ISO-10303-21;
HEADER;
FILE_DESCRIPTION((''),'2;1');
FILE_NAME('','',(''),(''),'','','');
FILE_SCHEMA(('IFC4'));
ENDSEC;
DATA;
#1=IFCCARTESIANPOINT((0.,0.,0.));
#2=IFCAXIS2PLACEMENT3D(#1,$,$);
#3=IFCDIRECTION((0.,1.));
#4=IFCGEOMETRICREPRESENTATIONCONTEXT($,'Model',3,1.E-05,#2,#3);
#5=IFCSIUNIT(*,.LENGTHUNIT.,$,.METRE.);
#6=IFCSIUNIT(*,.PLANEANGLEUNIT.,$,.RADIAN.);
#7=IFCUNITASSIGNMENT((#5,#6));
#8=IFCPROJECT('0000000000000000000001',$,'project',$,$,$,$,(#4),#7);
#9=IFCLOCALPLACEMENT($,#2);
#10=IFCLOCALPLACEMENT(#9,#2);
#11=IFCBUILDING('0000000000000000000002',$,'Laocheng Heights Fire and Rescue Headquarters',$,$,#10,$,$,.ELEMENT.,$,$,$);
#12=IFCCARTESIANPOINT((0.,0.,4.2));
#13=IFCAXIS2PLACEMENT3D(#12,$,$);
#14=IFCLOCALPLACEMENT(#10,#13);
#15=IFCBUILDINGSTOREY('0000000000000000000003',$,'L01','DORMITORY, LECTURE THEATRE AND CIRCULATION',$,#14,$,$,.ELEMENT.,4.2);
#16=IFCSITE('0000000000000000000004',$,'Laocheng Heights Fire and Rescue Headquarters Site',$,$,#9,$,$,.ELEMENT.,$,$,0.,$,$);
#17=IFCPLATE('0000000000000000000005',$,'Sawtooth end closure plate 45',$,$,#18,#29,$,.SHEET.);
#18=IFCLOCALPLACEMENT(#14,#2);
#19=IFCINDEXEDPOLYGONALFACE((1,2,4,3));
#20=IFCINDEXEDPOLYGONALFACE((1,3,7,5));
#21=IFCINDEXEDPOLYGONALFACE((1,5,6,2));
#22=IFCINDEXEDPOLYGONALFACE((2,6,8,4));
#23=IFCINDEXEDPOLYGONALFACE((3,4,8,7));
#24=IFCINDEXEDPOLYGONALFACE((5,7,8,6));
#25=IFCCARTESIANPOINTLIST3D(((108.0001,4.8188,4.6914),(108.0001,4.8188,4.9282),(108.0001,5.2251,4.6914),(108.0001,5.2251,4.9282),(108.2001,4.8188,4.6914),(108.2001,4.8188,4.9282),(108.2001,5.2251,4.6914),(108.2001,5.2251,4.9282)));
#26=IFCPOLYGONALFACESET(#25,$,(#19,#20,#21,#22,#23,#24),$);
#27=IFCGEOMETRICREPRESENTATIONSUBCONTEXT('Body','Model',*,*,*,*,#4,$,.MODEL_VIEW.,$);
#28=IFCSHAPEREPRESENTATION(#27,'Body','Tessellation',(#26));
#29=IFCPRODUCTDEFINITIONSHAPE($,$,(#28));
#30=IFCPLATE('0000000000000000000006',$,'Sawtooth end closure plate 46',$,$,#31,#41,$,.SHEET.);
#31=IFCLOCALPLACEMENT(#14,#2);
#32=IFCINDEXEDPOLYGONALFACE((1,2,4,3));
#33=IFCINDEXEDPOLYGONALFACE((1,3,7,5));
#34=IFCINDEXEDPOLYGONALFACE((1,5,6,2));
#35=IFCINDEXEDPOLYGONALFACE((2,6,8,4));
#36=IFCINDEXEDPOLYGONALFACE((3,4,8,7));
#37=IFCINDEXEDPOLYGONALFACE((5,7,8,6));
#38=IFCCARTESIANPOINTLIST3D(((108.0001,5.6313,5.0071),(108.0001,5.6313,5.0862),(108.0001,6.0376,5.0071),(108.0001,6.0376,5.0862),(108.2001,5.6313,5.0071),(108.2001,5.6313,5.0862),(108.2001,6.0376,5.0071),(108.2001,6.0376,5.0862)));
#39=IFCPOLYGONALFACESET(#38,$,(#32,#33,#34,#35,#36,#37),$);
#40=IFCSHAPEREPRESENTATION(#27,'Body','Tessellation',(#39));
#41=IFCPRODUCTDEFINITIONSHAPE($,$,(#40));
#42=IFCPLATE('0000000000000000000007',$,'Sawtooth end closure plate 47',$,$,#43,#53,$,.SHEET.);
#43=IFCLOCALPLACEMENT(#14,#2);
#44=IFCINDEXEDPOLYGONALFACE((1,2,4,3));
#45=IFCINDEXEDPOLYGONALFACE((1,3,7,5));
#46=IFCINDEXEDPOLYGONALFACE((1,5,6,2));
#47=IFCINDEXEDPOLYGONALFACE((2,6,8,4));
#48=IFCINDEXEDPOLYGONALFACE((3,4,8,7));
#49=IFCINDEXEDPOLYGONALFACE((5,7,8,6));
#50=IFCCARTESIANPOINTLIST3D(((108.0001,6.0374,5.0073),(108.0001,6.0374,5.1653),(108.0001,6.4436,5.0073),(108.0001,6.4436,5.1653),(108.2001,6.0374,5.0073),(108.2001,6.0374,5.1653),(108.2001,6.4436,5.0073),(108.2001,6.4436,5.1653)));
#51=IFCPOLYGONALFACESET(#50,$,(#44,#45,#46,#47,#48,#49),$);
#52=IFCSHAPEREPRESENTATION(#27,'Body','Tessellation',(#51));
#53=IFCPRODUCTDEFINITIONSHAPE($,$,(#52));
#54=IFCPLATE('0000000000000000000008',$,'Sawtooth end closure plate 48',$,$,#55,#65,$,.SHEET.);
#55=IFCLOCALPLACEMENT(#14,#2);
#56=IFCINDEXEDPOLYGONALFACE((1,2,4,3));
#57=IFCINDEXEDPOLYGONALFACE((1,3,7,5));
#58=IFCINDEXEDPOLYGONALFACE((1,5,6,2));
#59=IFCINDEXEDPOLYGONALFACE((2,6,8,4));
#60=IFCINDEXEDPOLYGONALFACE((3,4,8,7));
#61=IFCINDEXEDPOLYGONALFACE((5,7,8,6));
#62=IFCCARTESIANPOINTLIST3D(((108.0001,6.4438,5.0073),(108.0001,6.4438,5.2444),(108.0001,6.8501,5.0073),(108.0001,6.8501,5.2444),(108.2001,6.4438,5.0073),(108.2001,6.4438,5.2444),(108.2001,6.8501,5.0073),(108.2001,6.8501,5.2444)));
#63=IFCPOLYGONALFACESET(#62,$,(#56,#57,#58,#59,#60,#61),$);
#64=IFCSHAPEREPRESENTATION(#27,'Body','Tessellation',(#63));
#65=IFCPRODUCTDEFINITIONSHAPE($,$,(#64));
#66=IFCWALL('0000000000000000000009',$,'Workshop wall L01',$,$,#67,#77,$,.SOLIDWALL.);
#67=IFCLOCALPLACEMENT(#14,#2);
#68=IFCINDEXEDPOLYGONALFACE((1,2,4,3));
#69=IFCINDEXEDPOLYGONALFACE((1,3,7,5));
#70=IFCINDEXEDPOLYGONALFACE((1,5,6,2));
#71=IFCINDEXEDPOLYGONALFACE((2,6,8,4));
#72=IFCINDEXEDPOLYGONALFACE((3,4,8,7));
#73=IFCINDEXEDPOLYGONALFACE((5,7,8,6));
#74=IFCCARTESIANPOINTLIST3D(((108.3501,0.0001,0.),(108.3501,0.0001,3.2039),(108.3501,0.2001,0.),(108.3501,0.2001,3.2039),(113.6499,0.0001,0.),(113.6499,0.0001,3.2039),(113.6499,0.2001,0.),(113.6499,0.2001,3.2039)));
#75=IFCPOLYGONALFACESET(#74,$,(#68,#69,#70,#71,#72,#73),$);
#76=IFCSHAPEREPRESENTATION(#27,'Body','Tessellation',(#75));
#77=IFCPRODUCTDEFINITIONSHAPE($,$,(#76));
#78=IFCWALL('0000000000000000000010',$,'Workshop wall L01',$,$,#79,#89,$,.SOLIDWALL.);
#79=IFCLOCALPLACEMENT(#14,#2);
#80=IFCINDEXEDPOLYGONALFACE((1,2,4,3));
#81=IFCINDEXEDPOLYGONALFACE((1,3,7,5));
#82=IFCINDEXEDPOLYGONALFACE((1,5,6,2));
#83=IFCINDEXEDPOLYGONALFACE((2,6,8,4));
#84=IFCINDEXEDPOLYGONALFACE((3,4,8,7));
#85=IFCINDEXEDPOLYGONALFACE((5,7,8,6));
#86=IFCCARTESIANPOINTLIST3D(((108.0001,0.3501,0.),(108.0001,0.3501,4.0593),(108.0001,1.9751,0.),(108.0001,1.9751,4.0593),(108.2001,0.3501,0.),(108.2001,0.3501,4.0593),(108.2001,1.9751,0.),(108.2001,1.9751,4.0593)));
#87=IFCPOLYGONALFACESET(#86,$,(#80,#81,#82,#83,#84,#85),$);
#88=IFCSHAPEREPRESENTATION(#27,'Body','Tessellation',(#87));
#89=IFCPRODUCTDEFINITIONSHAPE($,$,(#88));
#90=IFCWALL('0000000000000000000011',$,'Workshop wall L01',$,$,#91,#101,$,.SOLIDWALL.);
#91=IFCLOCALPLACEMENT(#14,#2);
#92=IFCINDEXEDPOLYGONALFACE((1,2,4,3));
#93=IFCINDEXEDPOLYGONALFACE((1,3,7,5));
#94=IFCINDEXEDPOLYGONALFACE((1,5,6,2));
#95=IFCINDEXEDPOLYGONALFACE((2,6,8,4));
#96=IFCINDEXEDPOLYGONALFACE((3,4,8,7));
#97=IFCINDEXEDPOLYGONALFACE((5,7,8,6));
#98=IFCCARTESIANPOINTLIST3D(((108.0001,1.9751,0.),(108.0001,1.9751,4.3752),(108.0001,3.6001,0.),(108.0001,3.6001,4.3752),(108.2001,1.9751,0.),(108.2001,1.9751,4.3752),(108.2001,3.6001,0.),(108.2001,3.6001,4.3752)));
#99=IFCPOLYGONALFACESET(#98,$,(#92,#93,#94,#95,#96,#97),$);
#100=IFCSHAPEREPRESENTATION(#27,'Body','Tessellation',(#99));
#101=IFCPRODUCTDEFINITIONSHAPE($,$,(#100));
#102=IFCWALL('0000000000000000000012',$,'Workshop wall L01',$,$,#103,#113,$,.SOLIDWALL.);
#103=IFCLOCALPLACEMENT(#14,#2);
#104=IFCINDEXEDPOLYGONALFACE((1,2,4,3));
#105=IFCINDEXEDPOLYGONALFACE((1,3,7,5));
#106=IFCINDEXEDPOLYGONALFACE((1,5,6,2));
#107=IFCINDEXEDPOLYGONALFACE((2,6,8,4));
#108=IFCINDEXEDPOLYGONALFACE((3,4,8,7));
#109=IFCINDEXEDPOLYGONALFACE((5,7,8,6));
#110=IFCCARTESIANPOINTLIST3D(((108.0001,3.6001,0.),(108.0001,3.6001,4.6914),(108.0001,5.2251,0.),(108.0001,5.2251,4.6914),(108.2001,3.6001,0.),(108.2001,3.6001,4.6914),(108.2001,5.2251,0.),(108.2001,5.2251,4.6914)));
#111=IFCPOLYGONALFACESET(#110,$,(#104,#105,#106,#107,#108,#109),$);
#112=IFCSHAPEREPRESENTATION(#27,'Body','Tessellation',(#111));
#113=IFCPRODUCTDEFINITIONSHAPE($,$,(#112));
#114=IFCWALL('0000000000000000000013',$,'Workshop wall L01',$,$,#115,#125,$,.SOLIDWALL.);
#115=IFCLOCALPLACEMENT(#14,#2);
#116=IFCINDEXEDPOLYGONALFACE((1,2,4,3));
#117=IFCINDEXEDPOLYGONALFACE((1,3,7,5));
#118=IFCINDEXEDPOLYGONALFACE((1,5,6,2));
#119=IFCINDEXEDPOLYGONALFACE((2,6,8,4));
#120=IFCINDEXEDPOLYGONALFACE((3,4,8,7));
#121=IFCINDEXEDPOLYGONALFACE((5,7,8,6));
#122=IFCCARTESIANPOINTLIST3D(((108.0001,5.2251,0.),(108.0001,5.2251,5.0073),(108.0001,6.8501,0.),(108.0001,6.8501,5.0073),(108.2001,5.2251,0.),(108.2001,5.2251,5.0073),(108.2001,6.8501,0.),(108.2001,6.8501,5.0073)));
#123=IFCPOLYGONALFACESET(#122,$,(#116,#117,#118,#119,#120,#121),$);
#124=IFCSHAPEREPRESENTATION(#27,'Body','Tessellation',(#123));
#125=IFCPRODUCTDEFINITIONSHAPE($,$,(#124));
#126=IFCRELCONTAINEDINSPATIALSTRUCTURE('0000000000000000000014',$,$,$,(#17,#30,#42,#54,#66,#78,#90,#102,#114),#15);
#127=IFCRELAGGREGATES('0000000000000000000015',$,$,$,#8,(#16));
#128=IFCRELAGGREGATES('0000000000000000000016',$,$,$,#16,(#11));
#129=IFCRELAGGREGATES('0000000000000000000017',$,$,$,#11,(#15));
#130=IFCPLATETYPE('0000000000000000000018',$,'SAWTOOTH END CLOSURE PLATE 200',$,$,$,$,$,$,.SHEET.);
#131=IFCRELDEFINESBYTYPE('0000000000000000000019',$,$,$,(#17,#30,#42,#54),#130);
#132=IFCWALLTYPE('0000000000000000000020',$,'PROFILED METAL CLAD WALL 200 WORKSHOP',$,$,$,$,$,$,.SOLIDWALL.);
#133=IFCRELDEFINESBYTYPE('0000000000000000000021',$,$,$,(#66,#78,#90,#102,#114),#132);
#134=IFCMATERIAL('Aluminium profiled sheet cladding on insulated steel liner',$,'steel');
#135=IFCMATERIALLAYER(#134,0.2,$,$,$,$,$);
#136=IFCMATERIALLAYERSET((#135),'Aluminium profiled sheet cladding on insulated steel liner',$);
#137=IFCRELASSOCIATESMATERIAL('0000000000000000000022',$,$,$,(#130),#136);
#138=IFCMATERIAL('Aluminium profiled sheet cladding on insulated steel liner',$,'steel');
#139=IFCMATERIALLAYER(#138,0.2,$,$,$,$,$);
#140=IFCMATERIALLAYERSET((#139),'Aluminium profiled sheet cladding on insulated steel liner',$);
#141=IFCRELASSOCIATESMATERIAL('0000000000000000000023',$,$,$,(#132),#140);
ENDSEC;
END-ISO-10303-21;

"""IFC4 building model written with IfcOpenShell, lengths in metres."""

from ifc_helpers import new_model, si_unit, direction, frame, frame_2d, origin, origin_2d, place, context, subcontext, project, spatial, rectangle, extrude, material, layer, layer_set, type_object, element, save


model = new_model("IFC4")

# Units and contexts
model_context = context("Model", 3, precision=1e-05, world=origin(), true_north=direction((0.0, 1.0)))
body_context = subcontext(model_context, "Body", "Model", "MODEL_VIEW")
ifc_project = project(units=[si_unit("LENGTHUNIT", "METRE"), si_unit("PLANEANGLEUNIT", "RADIAN")], contexts=[model_context])

# Site, building, storey
site_placement = place(None, origin())
site = spatial("IfcSite", under=ifc_project, at=site_placement, Name="Laocheng Heights Fire and Rescue Headquarters Site", CompositionType="ELEMENT", RefElevation=0.0)
building_placement = place(site_placement, origin())
building = spatial("IfcBuilding", under=site, at=building_placement, Name="Laocheng Heights Fire and Rescue Headquarters", CompositionType="ELEMENT")
storey_placement = place(building_placement, frame((0.0, 0.0, 4.2)))
storey = spatial("IfcBuildingStorey", under=building, at=storey_placement, Name="L01", Description="DORMITORY, LECTURE THEATRE AND CIRCULATION", CompositionType="ELEMENT", Elevation=4.2)

# Plates
ifc_material_1 = material(Name="Aluminium profiled sheet cladding on insulated steel liner", Category="steel")
ifc_layer_1 = layer(ifc_material_1, 0.2)
ifc_layer_set_1 = layer_set([ifc_layer_1], Name="Aluminium profiled sheet cladding on insulated steel liner")
plate_type = type_object("IfcPlateType", Name="SAWTOOTH END CLOSURE PLATE 200", PredefinedType="SHEET", material=ifc_layer_set_1)
plate_1_placement = place(storey_placement, frame((108.1001, 5.022, 4.6914), z_axis=(0.0, 0.0, 1.0), x_axis=(1.0, 0.0, 0.0)))
element("IfcPlate", 1, at=plate_1_placement, inside=storey, type_object=plate_type, Name="Sawtooth end closure plate 45", PredefinedType="SHEET", context=body_context, shape_type="SweptSolid", body=[
    extrude(rectangle(XDim=0.2, YDim=0.4062, at=origin_2d()), origin(), (0.0, 0.0, 1.0), 0.2368),
])
plate_2_placement = place(storey_placement, frame((108.1001, 5.8345, 5.0071), z_axis=(0.0, 0.0, 1.0), x_axis=(1.0, 0.0, 0.0)))
element("IfcPlate", 2, at=plate_2_placement, inside=storey, type_object=plate_type, Name="Sawtooth end closure plate 46", PredefinedType="SHEET", context=body_context, shape_type="SweptSolid", body=[
    extrude(rectangle(XDim=0.2, YDim=0.4062, at=origin_2d()), origin(), (0.0, 0.0, 1.0), 0.0791),
])
plate_3_placement = place(storey_placement, frame((108.1001, 6.2405, 5.0073), z_axis=(0.0, 0.0, 1.0), x_axis=(1.0, 0.0, 0.0)))
element("IfcPlate", 3, at=plate_3_placement, inside=storey, type_object=plate_type, Name="Sawtooth end closure plate 47", PredefinedType="SHEET", context=body_context, shape_type="SweptSolid", body=[
    extrude(rectangle(XDim=0.2, YDim=0.4062, at=origin_2d()), origin(), (0.0, 0.0, 1.0), 0.158),
])
plate_4_placement = place(storey_placement, frame((108.1001, 6.647, 5.0073), z_axis=(0.0, 0.0, 1.0), x_axis=(1.0, 0.0, 0.0)))
element("IfcPlate", 4, at=plate_4_placement, inside=storey, type_object=plate_type, Name="Sawtooth end closure plate 48", PredefinedType="SHEET", context=body_context, shape_type="SweptSolid", body=[
    extrude(rectangle(XDim=0.2, YDim=0.4062, at=origin_2d()), origin(), (0.0, 0.0, 1.0), 0.2371),
])

# Walls
ifc_material_2 = material(Name="Aluminium profiled sheet cladding on insulated steel liner", Category="steel")
ifc_layer_2 = layer(ifc_material_2, 0.2)
ifc_layer_set_2 = layer_set([ifc_layer_2], Name="Aluminium profiled sheet cladding on insulated steel liner")
wall_type = type_object("IfcWallType", Name="PROFILED METAL CLAD WALL 200 WORKSHOP", PredefinedType="SOLIDWALL", material=ifc_layer_set_2)
wall_1_placement = place(storey_placement, frame((108.3501, 0.1001, 0.0), z_axis=(0.0, 0.0, 1.0), x_axis=(1.0, 0.0, 0.0)))
element("IfcWall", 5, at=wall_1_placement, inside=storey, type_object=wall_type, Name="Workshop wall L01", PredefinedType="SOLIDWALL", context=body_context, shape_type="SweptSolid", body=[
    extrude(rectangle(XDim=5.2998, YDim=0.2, at=frame_2d((2.6499, 0.0))), origin(), (0.0, 0.0, 1.0), 3.2039),
])
wall_2_placement = place(storey_placement, frame((108.1001, 0.3501, 0.0), z_axis=(0.0, 0.0, 1.0), x_axis=(0.0, 1.0, 0.0)))
element("IfcWall", 6, at=wall_2_placement, inside=storey, type_object=wall_type, Name="Workshop wall L01", PredefinedType="SOLIDWALL", context=body_context, shape_type="SweptSolid", body=[
    extrude(rectangle(XDim=1.625, YDim=0.2, at=frame_2d((0.8125, 0.0))), origin(), (0.0, 0.0, 1.0), 4.0593),
])
wall_3_placement = place(storey_placement, frame((108.1001, 1.9751, 0.0), z_axis=(0.0, 0.0, 1.0), x_axis=(0.0, 1.0, 0.0)))
element("IfcWall", 7, at=wall_3_placement, inside=storey, type_object=wall_type, Name="Workshop wall L01", PredefinedType="SOLIDWALL", context=body_context, shape_type="SweptSolid", body=[
    extrude(rectangle(XDim=1.625, YDim=0.2, at=frame_2d((0.8125, 0.0))), origin(), (0.0, 0.0, 1.0), 4.3752),
])
wall_4_placement = place(storey_placement, frame((108.1001, 3.6001, 0.0), z_axis=(0.0, 0.0, 1.0), x_axis=(0.0, 1.0, 0.0)))
element("IfcWall", 8, at=wall_4_placement, inside=storey, type_object=wall_type, Name="Workshop wall L01", PredefinedType="SOLIDWALL", context=body_context, shape_type="SweptSolid", body=[
    extrude(rectangle(XDim=1.625, YDim=0.2, at=frame_2d((0.8125, 0.0))), origin(), (0.0, 0.0, 1.0), 4.6914),
])
wall_5_placement = place(storey_placement, frame((108.1001, 5.2251, 0.0), z_axis=(0.0, 0.0, 1.0), x_axis=(0.0, 1.0, 0.0)))
element("IfcWall", 9, at=wall_5_placement, inside=storey, type_object=wall_type, Name="Workshop wall L01", PredefinedType="SOLIDWALL", context=body_context, shape_type="SweptSolid", body=[
    extrude(rectangle(XDim=1.625, YDim=0.2, at=frame_2d((0.8125, 0.0))), origin(), (0.0, 0.0, 1.0), 5.0073),
])

save(model, "model.ifc")
